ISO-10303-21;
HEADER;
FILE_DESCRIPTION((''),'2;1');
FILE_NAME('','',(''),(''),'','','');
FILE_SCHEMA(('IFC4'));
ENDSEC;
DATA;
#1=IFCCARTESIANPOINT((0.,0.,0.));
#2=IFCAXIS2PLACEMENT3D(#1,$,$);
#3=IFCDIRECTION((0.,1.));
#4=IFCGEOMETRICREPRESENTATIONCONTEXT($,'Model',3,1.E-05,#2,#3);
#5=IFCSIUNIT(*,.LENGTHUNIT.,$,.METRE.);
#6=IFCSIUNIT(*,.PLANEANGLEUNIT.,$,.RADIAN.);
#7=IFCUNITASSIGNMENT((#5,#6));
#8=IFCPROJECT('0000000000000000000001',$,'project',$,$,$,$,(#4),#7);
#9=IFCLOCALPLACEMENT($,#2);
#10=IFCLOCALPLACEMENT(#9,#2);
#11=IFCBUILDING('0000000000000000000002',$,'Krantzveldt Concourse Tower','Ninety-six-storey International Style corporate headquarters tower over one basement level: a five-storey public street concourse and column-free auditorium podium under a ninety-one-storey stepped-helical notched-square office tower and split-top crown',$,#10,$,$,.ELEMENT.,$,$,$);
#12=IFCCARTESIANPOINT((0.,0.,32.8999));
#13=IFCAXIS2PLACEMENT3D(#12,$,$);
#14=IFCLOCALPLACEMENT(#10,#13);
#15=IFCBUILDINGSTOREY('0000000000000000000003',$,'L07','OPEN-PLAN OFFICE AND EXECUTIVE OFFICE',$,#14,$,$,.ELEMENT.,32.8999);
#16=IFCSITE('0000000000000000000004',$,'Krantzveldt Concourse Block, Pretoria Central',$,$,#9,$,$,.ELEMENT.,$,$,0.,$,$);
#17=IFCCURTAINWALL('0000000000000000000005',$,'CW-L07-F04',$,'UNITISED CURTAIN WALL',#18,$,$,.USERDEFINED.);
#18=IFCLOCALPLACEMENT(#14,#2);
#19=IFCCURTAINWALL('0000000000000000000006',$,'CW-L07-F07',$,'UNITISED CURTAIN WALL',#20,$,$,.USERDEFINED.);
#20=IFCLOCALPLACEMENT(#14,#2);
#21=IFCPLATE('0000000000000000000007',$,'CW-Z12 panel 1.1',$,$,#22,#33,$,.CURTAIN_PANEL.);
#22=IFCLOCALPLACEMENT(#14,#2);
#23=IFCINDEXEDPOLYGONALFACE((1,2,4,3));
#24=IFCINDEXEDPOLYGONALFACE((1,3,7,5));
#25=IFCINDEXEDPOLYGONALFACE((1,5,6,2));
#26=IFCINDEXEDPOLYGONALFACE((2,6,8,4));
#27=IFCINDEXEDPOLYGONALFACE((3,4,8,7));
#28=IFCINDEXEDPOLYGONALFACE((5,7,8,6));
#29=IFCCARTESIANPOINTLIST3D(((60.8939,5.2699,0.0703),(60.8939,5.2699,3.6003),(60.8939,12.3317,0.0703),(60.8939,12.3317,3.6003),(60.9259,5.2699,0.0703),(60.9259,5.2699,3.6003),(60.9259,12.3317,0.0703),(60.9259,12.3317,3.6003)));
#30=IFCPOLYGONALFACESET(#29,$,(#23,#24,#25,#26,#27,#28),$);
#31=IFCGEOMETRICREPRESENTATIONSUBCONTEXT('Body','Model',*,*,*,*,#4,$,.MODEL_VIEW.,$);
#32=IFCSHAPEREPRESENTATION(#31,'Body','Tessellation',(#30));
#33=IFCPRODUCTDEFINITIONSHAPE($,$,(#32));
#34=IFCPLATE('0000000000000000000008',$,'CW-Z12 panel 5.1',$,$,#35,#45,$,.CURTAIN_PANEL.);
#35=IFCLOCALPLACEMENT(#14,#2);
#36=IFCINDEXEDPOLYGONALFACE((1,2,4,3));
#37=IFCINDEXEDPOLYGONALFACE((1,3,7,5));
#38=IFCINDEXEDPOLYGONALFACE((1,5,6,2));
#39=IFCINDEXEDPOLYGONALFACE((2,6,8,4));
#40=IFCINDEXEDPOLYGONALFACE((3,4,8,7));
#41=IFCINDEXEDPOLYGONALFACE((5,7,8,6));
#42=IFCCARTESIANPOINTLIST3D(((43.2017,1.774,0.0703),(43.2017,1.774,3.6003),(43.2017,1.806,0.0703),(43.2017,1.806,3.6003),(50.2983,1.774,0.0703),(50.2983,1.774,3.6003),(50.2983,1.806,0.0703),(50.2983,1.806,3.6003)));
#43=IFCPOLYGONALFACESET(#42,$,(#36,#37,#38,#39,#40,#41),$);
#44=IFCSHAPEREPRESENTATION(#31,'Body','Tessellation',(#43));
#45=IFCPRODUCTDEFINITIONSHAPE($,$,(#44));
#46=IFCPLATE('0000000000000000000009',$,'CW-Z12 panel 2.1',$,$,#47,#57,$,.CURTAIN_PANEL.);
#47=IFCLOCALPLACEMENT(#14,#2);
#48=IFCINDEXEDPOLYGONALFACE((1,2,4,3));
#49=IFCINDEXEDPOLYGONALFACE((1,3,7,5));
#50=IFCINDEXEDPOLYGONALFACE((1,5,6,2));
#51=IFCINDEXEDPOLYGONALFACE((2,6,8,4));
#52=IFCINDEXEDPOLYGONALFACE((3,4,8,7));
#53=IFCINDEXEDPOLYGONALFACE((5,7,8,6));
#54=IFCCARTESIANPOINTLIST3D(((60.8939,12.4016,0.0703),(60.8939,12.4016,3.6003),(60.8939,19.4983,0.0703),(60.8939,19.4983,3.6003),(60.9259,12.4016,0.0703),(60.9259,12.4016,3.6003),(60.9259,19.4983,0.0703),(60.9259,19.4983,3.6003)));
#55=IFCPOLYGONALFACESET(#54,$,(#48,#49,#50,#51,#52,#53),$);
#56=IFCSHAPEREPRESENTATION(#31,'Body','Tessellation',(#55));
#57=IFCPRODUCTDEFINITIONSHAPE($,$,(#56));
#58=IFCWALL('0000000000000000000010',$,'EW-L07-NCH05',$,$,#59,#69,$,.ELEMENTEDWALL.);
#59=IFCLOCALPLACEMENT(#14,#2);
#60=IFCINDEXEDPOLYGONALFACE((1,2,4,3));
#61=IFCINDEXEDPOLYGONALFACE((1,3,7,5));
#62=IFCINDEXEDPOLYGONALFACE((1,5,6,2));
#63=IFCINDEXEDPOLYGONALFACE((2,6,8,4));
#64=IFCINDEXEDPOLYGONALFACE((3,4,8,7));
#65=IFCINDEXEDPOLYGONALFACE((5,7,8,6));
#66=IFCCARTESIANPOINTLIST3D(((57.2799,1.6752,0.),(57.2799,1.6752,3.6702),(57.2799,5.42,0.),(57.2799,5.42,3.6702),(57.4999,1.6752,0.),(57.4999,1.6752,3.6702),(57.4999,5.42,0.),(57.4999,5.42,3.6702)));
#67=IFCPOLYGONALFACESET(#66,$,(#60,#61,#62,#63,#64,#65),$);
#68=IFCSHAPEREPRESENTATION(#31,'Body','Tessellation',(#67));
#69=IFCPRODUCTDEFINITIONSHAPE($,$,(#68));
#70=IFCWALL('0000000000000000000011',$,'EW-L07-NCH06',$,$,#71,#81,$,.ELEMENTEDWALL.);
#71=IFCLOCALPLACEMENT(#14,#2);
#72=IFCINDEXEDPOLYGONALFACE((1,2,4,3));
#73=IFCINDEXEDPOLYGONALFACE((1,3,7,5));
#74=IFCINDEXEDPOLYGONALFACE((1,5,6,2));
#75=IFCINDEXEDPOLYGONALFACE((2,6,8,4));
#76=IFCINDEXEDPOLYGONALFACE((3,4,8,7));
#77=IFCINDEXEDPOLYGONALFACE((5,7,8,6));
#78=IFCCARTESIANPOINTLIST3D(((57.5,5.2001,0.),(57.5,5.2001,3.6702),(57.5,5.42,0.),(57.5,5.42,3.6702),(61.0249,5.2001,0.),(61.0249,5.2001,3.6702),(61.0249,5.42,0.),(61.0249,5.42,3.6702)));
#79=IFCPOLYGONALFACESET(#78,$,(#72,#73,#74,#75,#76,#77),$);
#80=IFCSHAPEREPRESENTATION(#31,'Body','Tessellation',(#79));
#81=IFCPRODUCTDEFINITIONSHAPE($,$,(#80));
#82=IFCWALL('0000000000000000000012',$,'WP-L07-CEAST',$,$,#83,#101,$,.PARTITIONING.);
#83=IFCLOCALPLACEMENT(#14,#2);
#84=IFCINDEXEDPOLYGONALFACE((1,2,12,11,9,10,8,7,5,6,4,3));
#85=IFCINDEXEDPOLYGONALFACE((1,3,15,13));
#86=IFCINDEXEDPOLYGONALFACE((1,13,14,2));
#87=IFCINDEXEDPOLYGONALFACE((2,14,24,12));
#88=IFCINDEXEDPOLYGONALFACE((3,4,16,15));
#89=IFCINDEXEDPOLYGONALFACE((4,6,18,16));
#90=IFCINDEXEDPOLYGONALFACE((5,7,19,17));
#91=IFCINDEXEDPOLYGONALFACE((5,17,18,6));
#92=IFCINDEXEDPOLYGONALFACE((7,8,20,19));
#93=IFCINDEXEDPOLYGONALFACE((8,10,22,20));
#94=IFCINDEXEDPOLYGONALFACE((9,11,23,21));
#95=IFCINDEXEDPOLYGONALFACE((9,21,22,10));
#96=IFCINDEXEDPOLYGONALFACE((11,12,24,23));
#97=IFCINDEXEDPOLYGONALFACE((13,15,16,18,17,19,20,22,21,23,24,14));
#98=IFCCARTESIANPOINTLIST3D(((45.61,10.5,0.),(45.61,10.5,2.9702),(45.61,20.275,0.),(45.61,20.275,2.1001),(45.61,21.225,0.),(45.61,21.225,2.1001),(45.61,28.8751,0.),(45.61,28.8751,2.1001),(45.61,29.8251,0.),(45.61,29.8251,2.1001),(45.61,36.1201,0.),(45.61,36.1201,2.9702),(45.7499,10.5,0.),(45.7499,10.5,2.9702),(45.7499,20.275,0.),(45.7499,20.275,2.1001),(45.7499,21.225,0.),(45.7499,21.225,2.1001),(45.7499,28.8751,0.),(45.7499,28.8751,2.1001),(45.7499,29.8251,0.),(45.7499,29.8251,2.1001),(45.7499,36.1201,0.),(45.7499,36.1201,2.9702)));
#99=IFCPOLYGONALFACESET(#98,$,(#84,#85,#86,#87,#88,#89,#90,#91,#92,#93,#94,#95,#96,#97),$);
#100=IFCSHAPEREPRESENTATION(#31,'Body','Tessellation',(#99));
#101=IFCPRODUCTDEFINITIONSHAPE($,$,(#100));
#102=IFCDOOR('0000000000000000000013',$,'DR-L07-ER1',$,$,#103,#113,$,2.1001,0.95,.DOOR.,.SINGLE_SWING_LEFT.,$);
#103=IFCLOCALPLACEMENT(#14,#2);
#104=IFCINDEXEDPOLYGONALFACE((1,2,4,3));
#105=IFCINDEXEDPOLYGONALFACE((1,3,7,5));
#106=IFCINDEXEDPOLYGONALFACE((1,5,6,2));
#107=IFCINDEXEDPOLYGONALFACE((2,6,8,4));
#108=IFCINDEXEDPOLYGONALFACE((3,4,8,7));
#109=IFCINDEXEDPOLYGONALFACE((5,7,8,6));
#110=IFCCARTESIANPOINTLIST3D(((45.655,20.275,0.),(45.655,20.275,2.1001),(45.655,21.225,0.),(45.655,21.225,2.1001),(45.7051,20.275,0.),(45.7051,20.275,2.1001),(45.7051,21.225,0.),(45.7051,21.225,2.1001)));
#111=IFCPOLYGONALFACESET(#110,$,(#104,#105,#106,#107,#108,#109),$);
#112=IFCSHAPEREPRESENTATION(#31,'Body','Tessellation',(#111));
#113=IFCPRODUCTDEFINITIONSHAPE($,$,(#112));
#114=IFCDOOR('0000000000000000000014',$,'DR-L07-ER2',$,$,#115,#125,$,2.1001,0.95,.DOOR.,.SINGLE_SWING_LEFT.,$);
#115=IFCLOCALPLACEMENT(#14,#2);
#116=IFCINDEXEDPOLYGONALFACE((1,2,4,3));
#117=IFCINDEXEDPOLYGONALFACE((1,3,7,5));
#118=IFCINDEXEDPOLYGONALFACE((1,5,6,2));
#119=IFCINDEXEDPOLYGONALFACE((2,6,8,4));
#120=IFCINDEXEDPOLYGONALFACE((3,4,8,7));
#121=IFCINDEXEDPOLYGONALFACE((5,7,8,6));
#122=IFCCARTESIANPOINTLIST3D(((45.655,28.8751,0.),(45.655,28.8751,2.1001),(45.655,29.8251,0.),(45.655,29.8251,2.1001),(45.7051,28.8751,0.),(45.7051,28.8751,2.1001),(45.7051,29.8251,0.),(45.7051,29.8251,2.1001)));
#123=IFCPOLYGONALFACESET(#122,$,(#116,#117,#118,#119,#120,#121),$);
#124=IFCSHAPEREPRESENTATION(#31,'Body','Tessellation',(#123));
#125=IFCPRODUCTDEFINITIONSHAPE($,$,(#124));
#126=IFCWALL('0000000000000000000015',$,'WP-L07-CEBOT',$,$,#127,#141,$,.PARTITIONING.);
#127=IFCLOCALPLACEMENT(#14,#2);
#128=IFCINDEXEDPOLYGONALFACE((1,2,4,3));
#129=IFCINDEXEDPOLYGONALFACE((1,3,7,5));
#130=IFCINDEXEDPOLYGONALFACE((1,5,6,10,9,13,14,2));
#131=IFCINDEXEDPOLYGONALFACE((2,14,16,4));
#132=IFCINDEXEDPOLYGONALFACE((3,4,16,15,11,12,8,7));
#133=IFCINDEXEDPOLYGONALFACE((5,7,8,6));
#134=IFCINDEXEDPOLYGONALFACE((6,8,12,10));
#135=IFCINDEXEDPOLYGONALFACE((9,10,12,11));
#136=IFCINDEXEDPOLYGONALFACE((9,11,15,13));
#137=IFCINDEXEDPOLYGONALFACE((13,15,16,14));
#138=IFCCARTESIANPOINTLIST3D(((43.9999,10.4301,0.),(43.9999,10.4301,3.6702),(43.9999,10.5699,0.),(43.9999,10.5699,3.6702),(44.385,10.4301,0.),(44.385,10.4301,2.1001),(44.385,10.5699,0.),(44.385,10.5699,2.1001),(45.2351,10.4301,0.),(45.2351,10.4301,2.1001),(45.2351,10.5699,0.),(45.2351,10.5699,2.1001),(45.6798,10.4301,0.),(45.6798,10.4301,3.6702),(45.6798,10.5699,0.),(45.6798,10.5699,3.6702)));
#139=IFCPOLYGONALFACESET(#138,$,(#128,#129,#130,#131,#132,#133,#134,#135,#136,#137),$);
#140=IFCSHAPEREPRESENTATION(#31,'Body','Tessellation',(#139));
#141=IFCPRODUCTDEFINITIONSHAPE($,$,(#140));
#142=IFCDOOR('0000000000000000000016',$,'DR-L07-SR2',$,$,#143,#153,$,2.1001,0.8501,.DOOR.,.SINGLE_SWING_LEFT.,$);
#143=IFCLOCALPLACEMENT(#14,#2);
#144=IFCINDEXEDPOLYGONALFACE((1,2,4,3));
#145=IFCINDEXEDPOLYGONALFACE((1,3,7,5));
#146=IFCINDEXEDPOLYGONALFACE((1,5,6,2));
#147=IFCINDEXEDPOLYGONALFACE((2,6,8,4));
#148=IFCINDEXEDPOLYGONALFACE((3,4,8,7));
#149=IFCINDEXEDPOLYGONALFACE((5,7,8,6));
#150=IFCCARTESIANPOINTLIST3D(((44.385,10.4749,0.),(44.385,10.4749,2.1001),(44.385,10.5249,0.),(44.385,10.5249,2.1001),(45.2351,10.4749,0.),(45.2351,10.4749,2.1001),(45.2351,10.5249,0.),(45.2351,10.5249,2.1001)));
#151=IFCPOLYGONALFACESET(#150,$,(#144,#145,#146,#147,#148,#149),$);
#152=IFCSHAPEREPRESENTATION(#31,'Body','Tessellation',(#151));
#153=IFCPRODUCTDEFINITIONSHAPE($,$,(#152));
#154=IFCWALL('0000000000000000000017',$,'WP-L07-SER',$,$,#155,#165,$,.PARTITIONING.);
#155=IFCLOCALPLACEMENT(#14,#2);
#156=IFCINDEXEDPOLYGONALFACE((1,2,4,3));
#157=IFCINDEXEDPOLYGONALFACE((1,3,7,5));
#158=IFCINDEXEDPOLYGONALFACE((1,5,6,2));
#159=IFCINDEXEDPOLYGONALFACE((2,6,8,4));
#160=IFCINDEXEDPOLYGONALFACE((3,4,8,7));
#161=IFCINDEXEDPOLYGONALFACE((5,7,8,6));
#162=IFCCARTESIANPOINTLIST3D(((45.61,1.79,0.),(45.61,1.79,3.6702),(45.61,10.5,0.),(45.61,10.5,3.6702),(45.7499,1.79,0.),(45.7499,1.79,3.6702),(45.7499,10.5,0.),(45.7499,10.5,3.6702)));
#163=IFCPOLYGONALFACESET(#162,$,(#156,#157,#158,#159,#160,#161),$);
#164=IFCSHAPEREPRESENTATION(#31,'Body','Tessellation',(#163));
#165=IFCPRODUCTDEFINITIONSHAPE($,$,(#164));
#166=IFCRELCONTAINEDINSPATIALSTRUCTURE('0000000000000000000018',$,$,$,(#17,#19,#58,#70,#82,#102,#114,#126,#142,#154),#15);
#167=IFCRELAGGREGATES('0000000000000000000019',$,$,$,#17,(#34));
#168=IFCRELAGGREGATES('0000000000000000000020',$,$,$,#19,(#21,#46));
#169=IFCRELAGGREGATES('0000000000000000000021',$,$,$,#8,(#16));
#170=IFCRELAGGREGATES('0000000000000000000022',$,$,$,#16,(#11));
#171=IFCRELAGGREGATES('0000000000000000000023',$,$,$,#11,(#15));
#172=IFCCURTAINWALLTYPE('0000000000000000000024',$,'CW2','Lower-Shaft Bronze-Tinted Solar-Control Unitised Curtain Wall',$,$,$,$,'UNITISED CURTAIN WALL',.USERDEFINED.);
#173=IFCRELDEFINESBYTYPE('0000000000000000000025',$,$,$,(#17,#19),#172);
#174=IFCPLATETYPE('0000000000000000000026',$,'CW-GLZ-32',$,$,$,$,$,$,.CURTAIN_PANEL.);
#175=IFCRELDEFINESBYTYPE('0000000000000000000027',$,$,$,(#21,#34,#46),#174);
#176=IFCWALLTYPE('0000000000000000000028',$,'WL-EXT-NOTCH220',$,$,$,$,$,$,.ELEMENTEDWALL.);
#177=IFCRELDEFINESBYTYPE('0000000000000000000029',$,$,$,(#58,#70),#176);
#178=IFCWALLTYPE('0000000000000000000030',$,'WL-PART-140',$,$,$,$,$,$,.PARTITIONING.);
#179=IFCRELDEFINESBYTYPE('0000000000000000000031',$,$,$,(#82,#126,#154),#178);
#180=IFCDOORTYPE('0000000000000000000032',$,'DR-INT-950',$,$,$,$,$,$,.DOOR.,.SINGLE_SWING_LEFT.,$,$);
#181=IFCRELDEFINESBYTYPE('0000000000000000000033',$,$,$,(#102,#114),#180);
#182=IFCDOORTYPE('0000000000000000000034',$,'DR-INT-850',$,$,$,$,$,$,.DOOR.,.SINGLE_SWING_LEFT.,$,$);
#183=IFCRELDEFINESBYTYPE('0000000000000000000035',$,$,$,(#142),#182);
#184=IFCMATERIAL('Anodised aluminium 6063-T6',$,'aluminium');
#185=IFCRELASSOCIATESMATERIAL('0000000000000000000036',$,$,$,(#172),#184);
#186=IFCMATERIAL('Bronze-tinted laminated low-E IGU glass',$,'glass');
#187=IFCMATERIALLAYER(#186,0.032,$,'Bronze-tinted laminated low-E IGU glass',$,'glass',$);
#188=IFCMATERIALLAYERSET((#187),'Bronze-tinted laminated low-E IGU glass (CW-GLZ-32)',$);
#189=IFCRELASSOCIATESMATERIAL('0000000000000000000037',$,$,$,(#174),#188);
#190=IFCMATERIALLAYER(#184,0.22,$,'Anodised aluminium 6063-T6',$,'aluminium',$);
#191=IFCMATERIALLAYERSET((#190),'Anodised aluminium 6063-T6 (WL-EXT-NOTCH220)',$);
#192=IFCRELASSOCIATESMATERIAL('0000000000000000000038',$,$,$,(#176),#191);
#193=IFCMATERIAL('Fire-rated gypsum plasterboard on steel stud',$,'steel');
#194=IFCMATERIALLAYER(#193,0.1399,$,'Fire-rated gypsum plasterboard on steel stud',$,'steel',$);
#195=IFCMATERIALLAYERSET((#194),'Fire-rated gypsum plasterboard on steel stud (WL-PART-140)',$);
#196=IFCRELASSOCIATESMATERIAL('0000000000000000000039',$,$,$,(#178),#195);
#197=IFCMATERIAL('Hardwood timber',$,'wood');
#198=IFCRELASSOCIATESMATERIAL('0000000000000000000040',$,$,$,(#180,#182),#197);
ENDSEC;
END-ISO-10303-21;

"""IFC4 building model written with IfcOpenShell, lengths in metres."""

from ifc_helpers import new_model, si_unit, direction, frame, frame_2d, origin, origin_2d, place, context, subcontext, project, spatial, rectangle, extrude, source, transform, mapped, material, layer, layer_set, type_object, type_shapes, element, fill, aggregate, save


model = new_model("IFC4")

# Units and contexts
model_context = context("Model", 3, precision=1e-05, world=origin(), true_north=direction((0.0, 1.0)))
body_context = subcontext(model_context, "Body", "Model", "MODEL_VIEW")
ifc_project = project(units=[si_unit("LENGTHUNIT", "METRE"), si_unit("PLANEANGLEUNIT", "RADIAN")], contexts=[model_context])

# Site, building, storey
site_placement = place(None, origin())
site = spatial("IfcSite", under=ifc_project, at=site_placement, Name="Krantzveldt Concourse Block, Pretoria Central", CompositionType="ELEMENT", RefElevation=0.0)
building_placement = place(site_placement, origin())
building = spatial("IfcBuilding", under=site, at=building_placement, Name="Krantzveldt Concourse Tower", Description="Ninety-six-storey International Style corporate headquarters tower over one basement level: a five-storey public street concourse and column-free auditorium podium under a ninety-one-storey stepped-helical notched-square office tower and split-top crown", CompositionType="ELEMENT")
storey_placement = place(building_placement, frame((0.0, 0.0, 32.8999)))
storey = spatial("IfcBuildingStorey", under=building, at=storey_placement, Name="L07", Description="OPEN-PLAN OFFICE AND EXECUTIVE OFFICE", CompositionType="ELEMENT", Elevation=32.8999)

# Curtain walls
ifc_material_1 = material(Name="Anodised aluminium 6063-T6", Category="aluminium")
curtain_wall_type = type_object("IfcCurtainWallType", Name="CW2", Description="Lower-Shaft Bronze-Tinted Solar-Control Unitised Curtain Wall", ElementType="UNITISED CURTAIN WALL", PredefinedType="USERDEFINED", material=ifc_material_1)
curtain_wall_1_placement = place(storey_placement, origin())
curtain_wall_1 = element("IfcCurtainWall", 1, at=curtain_wall_1_placement, inside=storey, type_object=curtain_wall_type, Name="CW-L07-F04", ObjectType="UNITISED CURTAIN WALL", PredefinedType="USERDEFINED")
curtain_wall_2_placement = place(storey_placement, origin())
curtain_wall_2 = element("IfcCurtainWall", 2, at=curtain_wall_2_placement, inside=storey, type_object=curtain_wall_type, Name="CW-L07-F07", ObjectType="UNITISED CURTAIN WALL", PredefinedType="USERDEFINED")

# Plates
ifc_material_2 = material(Name="Bronze-tinted laminated low-E IGU glass", Category="glass")
ifc_layer_1 = layer(ifc_material_2, 0.032, Name="Bronze-tinted laminated low-E IGU glass", Category="glass")
ifc_layer_set_1 = layer_set([ifc_layer_1], Name="Bronze-tinted laminated low-E IGU glass (CW-GLZ-32)")
plate_type = type_object("IfcPlateType", Name="CW-GLZ-32", PredefinedType="CURTAIN_PANEL", material=ifc_layer_set_1)
shared_shape_1 = source(origin(), body_context, "Body", "SweptSolid", [
    extrude(rectangle(XDim=7.0618, YDim=0.032, at=origin_2d()), origin(), (0.0, 0.0, 1.0), 3.53),
])
plate_1_placement = place(storey_placement, frame((60.9099, 8.8008, 0.0703), z_axis=(0.0, 0.0, 1.0), x_axis=(0.0, 1.0, 0.0)))
plate_1 = element("IfcPlate", 3, at=plate_1_placement, type_object=plate_type, Name="CW-Z12 panel 1.1", PredefinedType="CURTAIN_PANEL", context=body_context, shape_type="MappedRepresentation", body=[
    mapped(shared_shape_1, transform((0.0, 0.0, 0.0), x_axis=(1.0, 0.0, 0.0), y_axis=(0.0, 1.0, 0.0), z_axis=(0.0, 0.0, 1.0), scale=1.0)),
])
shared_shape_2 = source(origin(), body_context, "Body", "SweptSolid", [
    extrude(rectangle(XDim=7.0967, YDim=0.032, at=origin_2d()), origin(), (0.0, 0.0, 1.0), 3.53),
])
type_shapes(plate_type, [shared_shape_1, shared_shape_2])
plate_2_placement = place(storey_placement, frame((46.75, 1.79, 0.0703), z_axis=(0.0, 0.0, 1.0), x_axis=(1.0, 0.0, 0.0)))
plate_2 = element("IfcPlate", 4, at=plate_2_placement, type_object=plate_type, Name="CW-Z12 panel 5.1", PredefinedType="CURTAIN_PANEL", context=body_context, shape_type="MappedRepresentation", body=[
    mapped(shared_shape_2, transform((0.0, 0.0, 0.0), x_axis=(1.0, 0.0, 0.0), y_axis=(0.0, 1.0, 0.0), z_axis=(0.0, 0.0, 1.0), scale=1.0)),
])
aggregate(curtain_wall_1, [plate_2])
plate_3_placement = place(storey_placement, frame((60.9099, 15.95, 0.0703), z_axis=(0.0, 0.0, 1.0), x_axis=(0.0, 1.0, 0.0)))
plate_3 = element("IfcPlate", 5, at=plate_3_placement, type_object=plate_type, Name="CW-Z12 panel 2.1", PredefinedType="CURTAIN_PANEL", context=body_context, shape_type="MappedRepresentation", body=[
    mapped(shared_shape_2, transform((0.0, 0.0, 0.0), x_axis=(1.0, 0.0, 0.0), y_axis=(0.0, 1.0, 0.0), z_axis=(0.0, 0.0, 1.0), scale=1.0)),
])
aggregate(curtain_wall_2, [plate_1, plate_3])

# Walls
ifc_layer_2 = layer(ifc_material_1, 0.22, Name="Anodised aluminium 6063-T6", Category="aluminium")
ifc_layer_set_2 = layer_set([ifc_layer_2], Name="Anodised aluminium 6063-T6 (WL-EXT-NOTCH220)")
wall_type_1 = type_object("IfcWallType", Name="WL-EXT-NOTCH220", PredefinedType="ELEMENTEDWALL", material=ifc_layer_set_2)
wall_1_placement = place(storey_placement, frame((57.3899, 1.675, 0.0), z_axis=(0.0, 0.0, 1.0), x_axis=(0.0, 1.0, 0.0)))
element("IfcWall", 6, at=wall_1_placement, inside=storey, type_object=wall_type_1, Name="EW-L07-NCH05", PredefinedType="ELEMENTEDWALL", context=body_context, shape_type="SweptSolid", body=[
    extrude(rectangle(XDim=3.7449, YDim=0.22, at=frame_2d((1.8726, 0.0))), origin(), (0.0, 0.0, 1.0), 3.6702),
])
wall_2_placement = place(storey_placement, frame((57.5, 5.3101, 0.0), z_axis=(0.0, 0.0, 1.0), x_axis=(1.0, 0.0, 0.0)))
element("IfcWall", 7, at=wall_2_placement, inside=storey, type_object=wall_type_1, Name="EW-L07-NCH06", PredefinedType="ELEMENTEDWALL", context=body_context, shape_type="SweptSolid", body=[
    extrude(rectangle(XDim=3.5249, YDim=0.22, at=frame_2d((1.7625, 0.0))), origin(), (0.0, 0.0, 1.0), 3.6702),
])

# Wall, openings, doors
ifc_material_3 = material(Name="Fire-rated gypsum plasterboard on steel stud", Category="steel")
ifc_layer_3 = layer(ifc_material_3, 0.1399, Name="Fire-rated gypsum plasterboard on steel stud", Category="steel")
ifc_layer_set_3 = layer_set([ifc_layer_3], Name="Fire-rated gypsum plasterboard on steel stud (WL-PART-140)")
wall_type_2 = type_object("IfcWallType", Name="WL-PART-140", PredefinedType="PARTITIONING", material=ifc_layer_set_3)
wall_3_placement = place(storey_placement, frame((45.6799, 10.5, 0.0), z_axis=(0.0, 0.0, 1.0), x_axis=(0.0, 1.0, 0.0)))
wall_3 = element("IfcWall", 8, at=wall_3_placement, inside=storey, type_object=wall_type_2, Name="WP-L07-CEAST", PredefinedType="PARTITIONING", context=body_context, shape_type="SweptSolid", body=[
    extrude(rectangle(XDim=25.6201, YDim=0.1399, at=frame_2d((12.8101, 0.0))), origin(), (0.0, 0.0, 1.0), 2.9702),
])
opening_1_placement = place(wall_3_placement, frame((9.7749, 0.0, 0.0)))
opening_1 = element("IfcOpeningElement", 9, at=opening_1_placement, cuts=wall_3, PredefinedType="OPENING", context=body_context, shape_type="SweptSolid", body=[
    extrude(rectangle(XDim=0.95, YDim=2.1001, at=frame_2d((0.4751, 1.05))), frame((0.0, 0.0801, 0.0), z_axis=(0.0, -1.0, 0.0), x_axis=(1.0, 0.0, 0.0)), (0.0, 0.0, 1.0), 0.1599),
])
opening_2_placement = place(wall_3_placement, frame((18.375, 0.0, 0.0)))
opening_2 = element("IfcOpeningElement", 10, at=opening_2_placement, cuts=wall_3, PredefinedType="OPENING", context=body_context, shape_type="SweptSolid", body=[
    extrude(rectangle(XDim=0.95, YDim=2.1001, at=frame_2d((0.4751, 1.05))), frame((0.0, 0.0801, 0.0), z_axis=(0.0, -1.0, 0.0), x_axis=(1.0, 0.0, 0.0)), (0.0, 0.0, 1.0), 0.1599),
])
ifc_material_4 = material(Name="Hardwood timber", Category="wood")
door_type_1 = type_object("IfcDoorType", Name="DR-INT-950", OperationType="SINGLE_SWING_LEFT", PredefinedType="DOOR", material=ifc_material_4)
door_1_placement = place(opening_1_placement, origin())
door_1 = element("IfcDoor", 11, at=door_1_placement, inside=storey, type_object=door_type_1, Name="DR-L07-ER1", OperationType="SINGLE_SWING_LEFT", OverallHeight=2.1001, OverallWidth=0.95, PredefinedType="DOOR", context=body_context, shape_type="SweptSolid", body=[
    extrude(rectangle(XDim=0.95, YDim=2.1001, at=frame_2d((0.4751, 1.05))), frame((0.0, 0.0249, 0.0), z_axis=(0.0, -1.0, 0.0), x_axis=(1.0, 0.0, 0.0)), (0.0, 0.0, 1.0), 0.05),
])
fill(opening_1, door_1)
door_2_placement = place(opening_2_placement, origin())
door_2 = element("IfcDoor", 12, at=door_2_placement, inside=storey, type_object=door_type_1, Name="DR-L07-ER2", OperationType="SINGLE_SWING_LEFT", OverallHeight=2.1001, OverallWidth=0.95, PredefinedType="DOOR", context=body_context, shape_type="SweptSolid", body=[
    extrude(rectangle(XDim=0.95, YDim=2.1001, at=frame_2d((0.4751, 1.05))), frame((0.0, 0.0249, 0.0), z_axis=(0.0, -1.0, 0.0), x_axis=(1.0, 0.0, 0.0)), (0.0, 0.0, 1.0), 0.05),
])
fill(opening_2, door_2)

# Wall, opening, door
wall_4_placement = place(storey_placement, frame((44.0, 10.5, 0.0), z_axis=(0.0, 0.0, 1.0), x_axis=(1.0, 0.0, 0.0)))
wall_4 = element("IfcWall", 13, at=wall_4_placement, inside=storey, type_object=wall_type_2, Name="WP-L07-CEBOT", PredefinedType="PARTITIONING", context=body_context, shape_type="SweptSolid", body=[
    extrude(rectangle(XDim=1.6799, YDim=0.1399, at=frame_2d((0.8398, 0.0))), origin(), (0.0, 0.0, 1.0), 3.6702),
])
opening_3_placement = place(wall_4_placement, frame((0.385, 0.0, 0.0)))
opening_3 = element("IfcOpeningElement", 14, at=opening_3_placement, cuts=wall_4, PredefinedType="OPENING", context=body_context, shape_type="SweptSolid", body=[
    extrude(rectangle(XDim=0.8501, YDim=2.1001, at=frame_2d((0.425, 1.05))), frame((0.0, 0.0801, 0.0), z_axis=(0.0, -1.0, 0.0), x_axis=(1.0, 0.0, 0.0)), (0.0, 0.0, 1.0), 0.1599),
])
door_type_2 = type_object("IfcDoorType", Name="DR-INT-850", OperationType="SINGLE_SWING_LEFT", PredefinedType="DOOR", material=ifc_material_4)
door_3_placement = place(opening_3_placement, origin())
door_3 = element("IfcDoor", 15, at=door_3_placement, inside=storey, type_object=door_type_2, Name="DR-L07-SR2", OperationType="SINGLE_SWING_LEFT", OverallHeight=2.1001, OverallWidth=0.8501, PredefinedType="DOOR", context=body_context, shape_type="SweptSolid", body=[
    extrude(rectangle(XDim=0.8501, YDim=2.1001, at=frame_2d((0.425, 1.05))), frame((0.0, 0.0249, 0.0), z_axis=(0.0, -1.0, 0.0), x_axis=(1.0, 0.0, 0.0)), (0.0, 0.0, 1.0), 0.05),
])
fill(opening_3, door_3)

# Wall
wall_5_placement = place(storey_placement, frame((45.6799, 1.79, 0.0), z_axis=(0.0, 0.0, 1.0), x_axis=(0.0, 1.0, 0.0)))
element("IfcWall", 16, at=wall_5_placement, inside=storey, type_object=wall_type_2, Name="WP-L07-SER", PredefinedType="PARTITIONING", context=body_context, shape_type="SweptSolid", body=[
    extrude(rectangle(XDim=8.71, YDim=0.1399, at=frame_2d((4.355, 0.0))), origin(), (0.0, 0.0, 1.0), 3.6702),
])

save(model, "model.ifc")
